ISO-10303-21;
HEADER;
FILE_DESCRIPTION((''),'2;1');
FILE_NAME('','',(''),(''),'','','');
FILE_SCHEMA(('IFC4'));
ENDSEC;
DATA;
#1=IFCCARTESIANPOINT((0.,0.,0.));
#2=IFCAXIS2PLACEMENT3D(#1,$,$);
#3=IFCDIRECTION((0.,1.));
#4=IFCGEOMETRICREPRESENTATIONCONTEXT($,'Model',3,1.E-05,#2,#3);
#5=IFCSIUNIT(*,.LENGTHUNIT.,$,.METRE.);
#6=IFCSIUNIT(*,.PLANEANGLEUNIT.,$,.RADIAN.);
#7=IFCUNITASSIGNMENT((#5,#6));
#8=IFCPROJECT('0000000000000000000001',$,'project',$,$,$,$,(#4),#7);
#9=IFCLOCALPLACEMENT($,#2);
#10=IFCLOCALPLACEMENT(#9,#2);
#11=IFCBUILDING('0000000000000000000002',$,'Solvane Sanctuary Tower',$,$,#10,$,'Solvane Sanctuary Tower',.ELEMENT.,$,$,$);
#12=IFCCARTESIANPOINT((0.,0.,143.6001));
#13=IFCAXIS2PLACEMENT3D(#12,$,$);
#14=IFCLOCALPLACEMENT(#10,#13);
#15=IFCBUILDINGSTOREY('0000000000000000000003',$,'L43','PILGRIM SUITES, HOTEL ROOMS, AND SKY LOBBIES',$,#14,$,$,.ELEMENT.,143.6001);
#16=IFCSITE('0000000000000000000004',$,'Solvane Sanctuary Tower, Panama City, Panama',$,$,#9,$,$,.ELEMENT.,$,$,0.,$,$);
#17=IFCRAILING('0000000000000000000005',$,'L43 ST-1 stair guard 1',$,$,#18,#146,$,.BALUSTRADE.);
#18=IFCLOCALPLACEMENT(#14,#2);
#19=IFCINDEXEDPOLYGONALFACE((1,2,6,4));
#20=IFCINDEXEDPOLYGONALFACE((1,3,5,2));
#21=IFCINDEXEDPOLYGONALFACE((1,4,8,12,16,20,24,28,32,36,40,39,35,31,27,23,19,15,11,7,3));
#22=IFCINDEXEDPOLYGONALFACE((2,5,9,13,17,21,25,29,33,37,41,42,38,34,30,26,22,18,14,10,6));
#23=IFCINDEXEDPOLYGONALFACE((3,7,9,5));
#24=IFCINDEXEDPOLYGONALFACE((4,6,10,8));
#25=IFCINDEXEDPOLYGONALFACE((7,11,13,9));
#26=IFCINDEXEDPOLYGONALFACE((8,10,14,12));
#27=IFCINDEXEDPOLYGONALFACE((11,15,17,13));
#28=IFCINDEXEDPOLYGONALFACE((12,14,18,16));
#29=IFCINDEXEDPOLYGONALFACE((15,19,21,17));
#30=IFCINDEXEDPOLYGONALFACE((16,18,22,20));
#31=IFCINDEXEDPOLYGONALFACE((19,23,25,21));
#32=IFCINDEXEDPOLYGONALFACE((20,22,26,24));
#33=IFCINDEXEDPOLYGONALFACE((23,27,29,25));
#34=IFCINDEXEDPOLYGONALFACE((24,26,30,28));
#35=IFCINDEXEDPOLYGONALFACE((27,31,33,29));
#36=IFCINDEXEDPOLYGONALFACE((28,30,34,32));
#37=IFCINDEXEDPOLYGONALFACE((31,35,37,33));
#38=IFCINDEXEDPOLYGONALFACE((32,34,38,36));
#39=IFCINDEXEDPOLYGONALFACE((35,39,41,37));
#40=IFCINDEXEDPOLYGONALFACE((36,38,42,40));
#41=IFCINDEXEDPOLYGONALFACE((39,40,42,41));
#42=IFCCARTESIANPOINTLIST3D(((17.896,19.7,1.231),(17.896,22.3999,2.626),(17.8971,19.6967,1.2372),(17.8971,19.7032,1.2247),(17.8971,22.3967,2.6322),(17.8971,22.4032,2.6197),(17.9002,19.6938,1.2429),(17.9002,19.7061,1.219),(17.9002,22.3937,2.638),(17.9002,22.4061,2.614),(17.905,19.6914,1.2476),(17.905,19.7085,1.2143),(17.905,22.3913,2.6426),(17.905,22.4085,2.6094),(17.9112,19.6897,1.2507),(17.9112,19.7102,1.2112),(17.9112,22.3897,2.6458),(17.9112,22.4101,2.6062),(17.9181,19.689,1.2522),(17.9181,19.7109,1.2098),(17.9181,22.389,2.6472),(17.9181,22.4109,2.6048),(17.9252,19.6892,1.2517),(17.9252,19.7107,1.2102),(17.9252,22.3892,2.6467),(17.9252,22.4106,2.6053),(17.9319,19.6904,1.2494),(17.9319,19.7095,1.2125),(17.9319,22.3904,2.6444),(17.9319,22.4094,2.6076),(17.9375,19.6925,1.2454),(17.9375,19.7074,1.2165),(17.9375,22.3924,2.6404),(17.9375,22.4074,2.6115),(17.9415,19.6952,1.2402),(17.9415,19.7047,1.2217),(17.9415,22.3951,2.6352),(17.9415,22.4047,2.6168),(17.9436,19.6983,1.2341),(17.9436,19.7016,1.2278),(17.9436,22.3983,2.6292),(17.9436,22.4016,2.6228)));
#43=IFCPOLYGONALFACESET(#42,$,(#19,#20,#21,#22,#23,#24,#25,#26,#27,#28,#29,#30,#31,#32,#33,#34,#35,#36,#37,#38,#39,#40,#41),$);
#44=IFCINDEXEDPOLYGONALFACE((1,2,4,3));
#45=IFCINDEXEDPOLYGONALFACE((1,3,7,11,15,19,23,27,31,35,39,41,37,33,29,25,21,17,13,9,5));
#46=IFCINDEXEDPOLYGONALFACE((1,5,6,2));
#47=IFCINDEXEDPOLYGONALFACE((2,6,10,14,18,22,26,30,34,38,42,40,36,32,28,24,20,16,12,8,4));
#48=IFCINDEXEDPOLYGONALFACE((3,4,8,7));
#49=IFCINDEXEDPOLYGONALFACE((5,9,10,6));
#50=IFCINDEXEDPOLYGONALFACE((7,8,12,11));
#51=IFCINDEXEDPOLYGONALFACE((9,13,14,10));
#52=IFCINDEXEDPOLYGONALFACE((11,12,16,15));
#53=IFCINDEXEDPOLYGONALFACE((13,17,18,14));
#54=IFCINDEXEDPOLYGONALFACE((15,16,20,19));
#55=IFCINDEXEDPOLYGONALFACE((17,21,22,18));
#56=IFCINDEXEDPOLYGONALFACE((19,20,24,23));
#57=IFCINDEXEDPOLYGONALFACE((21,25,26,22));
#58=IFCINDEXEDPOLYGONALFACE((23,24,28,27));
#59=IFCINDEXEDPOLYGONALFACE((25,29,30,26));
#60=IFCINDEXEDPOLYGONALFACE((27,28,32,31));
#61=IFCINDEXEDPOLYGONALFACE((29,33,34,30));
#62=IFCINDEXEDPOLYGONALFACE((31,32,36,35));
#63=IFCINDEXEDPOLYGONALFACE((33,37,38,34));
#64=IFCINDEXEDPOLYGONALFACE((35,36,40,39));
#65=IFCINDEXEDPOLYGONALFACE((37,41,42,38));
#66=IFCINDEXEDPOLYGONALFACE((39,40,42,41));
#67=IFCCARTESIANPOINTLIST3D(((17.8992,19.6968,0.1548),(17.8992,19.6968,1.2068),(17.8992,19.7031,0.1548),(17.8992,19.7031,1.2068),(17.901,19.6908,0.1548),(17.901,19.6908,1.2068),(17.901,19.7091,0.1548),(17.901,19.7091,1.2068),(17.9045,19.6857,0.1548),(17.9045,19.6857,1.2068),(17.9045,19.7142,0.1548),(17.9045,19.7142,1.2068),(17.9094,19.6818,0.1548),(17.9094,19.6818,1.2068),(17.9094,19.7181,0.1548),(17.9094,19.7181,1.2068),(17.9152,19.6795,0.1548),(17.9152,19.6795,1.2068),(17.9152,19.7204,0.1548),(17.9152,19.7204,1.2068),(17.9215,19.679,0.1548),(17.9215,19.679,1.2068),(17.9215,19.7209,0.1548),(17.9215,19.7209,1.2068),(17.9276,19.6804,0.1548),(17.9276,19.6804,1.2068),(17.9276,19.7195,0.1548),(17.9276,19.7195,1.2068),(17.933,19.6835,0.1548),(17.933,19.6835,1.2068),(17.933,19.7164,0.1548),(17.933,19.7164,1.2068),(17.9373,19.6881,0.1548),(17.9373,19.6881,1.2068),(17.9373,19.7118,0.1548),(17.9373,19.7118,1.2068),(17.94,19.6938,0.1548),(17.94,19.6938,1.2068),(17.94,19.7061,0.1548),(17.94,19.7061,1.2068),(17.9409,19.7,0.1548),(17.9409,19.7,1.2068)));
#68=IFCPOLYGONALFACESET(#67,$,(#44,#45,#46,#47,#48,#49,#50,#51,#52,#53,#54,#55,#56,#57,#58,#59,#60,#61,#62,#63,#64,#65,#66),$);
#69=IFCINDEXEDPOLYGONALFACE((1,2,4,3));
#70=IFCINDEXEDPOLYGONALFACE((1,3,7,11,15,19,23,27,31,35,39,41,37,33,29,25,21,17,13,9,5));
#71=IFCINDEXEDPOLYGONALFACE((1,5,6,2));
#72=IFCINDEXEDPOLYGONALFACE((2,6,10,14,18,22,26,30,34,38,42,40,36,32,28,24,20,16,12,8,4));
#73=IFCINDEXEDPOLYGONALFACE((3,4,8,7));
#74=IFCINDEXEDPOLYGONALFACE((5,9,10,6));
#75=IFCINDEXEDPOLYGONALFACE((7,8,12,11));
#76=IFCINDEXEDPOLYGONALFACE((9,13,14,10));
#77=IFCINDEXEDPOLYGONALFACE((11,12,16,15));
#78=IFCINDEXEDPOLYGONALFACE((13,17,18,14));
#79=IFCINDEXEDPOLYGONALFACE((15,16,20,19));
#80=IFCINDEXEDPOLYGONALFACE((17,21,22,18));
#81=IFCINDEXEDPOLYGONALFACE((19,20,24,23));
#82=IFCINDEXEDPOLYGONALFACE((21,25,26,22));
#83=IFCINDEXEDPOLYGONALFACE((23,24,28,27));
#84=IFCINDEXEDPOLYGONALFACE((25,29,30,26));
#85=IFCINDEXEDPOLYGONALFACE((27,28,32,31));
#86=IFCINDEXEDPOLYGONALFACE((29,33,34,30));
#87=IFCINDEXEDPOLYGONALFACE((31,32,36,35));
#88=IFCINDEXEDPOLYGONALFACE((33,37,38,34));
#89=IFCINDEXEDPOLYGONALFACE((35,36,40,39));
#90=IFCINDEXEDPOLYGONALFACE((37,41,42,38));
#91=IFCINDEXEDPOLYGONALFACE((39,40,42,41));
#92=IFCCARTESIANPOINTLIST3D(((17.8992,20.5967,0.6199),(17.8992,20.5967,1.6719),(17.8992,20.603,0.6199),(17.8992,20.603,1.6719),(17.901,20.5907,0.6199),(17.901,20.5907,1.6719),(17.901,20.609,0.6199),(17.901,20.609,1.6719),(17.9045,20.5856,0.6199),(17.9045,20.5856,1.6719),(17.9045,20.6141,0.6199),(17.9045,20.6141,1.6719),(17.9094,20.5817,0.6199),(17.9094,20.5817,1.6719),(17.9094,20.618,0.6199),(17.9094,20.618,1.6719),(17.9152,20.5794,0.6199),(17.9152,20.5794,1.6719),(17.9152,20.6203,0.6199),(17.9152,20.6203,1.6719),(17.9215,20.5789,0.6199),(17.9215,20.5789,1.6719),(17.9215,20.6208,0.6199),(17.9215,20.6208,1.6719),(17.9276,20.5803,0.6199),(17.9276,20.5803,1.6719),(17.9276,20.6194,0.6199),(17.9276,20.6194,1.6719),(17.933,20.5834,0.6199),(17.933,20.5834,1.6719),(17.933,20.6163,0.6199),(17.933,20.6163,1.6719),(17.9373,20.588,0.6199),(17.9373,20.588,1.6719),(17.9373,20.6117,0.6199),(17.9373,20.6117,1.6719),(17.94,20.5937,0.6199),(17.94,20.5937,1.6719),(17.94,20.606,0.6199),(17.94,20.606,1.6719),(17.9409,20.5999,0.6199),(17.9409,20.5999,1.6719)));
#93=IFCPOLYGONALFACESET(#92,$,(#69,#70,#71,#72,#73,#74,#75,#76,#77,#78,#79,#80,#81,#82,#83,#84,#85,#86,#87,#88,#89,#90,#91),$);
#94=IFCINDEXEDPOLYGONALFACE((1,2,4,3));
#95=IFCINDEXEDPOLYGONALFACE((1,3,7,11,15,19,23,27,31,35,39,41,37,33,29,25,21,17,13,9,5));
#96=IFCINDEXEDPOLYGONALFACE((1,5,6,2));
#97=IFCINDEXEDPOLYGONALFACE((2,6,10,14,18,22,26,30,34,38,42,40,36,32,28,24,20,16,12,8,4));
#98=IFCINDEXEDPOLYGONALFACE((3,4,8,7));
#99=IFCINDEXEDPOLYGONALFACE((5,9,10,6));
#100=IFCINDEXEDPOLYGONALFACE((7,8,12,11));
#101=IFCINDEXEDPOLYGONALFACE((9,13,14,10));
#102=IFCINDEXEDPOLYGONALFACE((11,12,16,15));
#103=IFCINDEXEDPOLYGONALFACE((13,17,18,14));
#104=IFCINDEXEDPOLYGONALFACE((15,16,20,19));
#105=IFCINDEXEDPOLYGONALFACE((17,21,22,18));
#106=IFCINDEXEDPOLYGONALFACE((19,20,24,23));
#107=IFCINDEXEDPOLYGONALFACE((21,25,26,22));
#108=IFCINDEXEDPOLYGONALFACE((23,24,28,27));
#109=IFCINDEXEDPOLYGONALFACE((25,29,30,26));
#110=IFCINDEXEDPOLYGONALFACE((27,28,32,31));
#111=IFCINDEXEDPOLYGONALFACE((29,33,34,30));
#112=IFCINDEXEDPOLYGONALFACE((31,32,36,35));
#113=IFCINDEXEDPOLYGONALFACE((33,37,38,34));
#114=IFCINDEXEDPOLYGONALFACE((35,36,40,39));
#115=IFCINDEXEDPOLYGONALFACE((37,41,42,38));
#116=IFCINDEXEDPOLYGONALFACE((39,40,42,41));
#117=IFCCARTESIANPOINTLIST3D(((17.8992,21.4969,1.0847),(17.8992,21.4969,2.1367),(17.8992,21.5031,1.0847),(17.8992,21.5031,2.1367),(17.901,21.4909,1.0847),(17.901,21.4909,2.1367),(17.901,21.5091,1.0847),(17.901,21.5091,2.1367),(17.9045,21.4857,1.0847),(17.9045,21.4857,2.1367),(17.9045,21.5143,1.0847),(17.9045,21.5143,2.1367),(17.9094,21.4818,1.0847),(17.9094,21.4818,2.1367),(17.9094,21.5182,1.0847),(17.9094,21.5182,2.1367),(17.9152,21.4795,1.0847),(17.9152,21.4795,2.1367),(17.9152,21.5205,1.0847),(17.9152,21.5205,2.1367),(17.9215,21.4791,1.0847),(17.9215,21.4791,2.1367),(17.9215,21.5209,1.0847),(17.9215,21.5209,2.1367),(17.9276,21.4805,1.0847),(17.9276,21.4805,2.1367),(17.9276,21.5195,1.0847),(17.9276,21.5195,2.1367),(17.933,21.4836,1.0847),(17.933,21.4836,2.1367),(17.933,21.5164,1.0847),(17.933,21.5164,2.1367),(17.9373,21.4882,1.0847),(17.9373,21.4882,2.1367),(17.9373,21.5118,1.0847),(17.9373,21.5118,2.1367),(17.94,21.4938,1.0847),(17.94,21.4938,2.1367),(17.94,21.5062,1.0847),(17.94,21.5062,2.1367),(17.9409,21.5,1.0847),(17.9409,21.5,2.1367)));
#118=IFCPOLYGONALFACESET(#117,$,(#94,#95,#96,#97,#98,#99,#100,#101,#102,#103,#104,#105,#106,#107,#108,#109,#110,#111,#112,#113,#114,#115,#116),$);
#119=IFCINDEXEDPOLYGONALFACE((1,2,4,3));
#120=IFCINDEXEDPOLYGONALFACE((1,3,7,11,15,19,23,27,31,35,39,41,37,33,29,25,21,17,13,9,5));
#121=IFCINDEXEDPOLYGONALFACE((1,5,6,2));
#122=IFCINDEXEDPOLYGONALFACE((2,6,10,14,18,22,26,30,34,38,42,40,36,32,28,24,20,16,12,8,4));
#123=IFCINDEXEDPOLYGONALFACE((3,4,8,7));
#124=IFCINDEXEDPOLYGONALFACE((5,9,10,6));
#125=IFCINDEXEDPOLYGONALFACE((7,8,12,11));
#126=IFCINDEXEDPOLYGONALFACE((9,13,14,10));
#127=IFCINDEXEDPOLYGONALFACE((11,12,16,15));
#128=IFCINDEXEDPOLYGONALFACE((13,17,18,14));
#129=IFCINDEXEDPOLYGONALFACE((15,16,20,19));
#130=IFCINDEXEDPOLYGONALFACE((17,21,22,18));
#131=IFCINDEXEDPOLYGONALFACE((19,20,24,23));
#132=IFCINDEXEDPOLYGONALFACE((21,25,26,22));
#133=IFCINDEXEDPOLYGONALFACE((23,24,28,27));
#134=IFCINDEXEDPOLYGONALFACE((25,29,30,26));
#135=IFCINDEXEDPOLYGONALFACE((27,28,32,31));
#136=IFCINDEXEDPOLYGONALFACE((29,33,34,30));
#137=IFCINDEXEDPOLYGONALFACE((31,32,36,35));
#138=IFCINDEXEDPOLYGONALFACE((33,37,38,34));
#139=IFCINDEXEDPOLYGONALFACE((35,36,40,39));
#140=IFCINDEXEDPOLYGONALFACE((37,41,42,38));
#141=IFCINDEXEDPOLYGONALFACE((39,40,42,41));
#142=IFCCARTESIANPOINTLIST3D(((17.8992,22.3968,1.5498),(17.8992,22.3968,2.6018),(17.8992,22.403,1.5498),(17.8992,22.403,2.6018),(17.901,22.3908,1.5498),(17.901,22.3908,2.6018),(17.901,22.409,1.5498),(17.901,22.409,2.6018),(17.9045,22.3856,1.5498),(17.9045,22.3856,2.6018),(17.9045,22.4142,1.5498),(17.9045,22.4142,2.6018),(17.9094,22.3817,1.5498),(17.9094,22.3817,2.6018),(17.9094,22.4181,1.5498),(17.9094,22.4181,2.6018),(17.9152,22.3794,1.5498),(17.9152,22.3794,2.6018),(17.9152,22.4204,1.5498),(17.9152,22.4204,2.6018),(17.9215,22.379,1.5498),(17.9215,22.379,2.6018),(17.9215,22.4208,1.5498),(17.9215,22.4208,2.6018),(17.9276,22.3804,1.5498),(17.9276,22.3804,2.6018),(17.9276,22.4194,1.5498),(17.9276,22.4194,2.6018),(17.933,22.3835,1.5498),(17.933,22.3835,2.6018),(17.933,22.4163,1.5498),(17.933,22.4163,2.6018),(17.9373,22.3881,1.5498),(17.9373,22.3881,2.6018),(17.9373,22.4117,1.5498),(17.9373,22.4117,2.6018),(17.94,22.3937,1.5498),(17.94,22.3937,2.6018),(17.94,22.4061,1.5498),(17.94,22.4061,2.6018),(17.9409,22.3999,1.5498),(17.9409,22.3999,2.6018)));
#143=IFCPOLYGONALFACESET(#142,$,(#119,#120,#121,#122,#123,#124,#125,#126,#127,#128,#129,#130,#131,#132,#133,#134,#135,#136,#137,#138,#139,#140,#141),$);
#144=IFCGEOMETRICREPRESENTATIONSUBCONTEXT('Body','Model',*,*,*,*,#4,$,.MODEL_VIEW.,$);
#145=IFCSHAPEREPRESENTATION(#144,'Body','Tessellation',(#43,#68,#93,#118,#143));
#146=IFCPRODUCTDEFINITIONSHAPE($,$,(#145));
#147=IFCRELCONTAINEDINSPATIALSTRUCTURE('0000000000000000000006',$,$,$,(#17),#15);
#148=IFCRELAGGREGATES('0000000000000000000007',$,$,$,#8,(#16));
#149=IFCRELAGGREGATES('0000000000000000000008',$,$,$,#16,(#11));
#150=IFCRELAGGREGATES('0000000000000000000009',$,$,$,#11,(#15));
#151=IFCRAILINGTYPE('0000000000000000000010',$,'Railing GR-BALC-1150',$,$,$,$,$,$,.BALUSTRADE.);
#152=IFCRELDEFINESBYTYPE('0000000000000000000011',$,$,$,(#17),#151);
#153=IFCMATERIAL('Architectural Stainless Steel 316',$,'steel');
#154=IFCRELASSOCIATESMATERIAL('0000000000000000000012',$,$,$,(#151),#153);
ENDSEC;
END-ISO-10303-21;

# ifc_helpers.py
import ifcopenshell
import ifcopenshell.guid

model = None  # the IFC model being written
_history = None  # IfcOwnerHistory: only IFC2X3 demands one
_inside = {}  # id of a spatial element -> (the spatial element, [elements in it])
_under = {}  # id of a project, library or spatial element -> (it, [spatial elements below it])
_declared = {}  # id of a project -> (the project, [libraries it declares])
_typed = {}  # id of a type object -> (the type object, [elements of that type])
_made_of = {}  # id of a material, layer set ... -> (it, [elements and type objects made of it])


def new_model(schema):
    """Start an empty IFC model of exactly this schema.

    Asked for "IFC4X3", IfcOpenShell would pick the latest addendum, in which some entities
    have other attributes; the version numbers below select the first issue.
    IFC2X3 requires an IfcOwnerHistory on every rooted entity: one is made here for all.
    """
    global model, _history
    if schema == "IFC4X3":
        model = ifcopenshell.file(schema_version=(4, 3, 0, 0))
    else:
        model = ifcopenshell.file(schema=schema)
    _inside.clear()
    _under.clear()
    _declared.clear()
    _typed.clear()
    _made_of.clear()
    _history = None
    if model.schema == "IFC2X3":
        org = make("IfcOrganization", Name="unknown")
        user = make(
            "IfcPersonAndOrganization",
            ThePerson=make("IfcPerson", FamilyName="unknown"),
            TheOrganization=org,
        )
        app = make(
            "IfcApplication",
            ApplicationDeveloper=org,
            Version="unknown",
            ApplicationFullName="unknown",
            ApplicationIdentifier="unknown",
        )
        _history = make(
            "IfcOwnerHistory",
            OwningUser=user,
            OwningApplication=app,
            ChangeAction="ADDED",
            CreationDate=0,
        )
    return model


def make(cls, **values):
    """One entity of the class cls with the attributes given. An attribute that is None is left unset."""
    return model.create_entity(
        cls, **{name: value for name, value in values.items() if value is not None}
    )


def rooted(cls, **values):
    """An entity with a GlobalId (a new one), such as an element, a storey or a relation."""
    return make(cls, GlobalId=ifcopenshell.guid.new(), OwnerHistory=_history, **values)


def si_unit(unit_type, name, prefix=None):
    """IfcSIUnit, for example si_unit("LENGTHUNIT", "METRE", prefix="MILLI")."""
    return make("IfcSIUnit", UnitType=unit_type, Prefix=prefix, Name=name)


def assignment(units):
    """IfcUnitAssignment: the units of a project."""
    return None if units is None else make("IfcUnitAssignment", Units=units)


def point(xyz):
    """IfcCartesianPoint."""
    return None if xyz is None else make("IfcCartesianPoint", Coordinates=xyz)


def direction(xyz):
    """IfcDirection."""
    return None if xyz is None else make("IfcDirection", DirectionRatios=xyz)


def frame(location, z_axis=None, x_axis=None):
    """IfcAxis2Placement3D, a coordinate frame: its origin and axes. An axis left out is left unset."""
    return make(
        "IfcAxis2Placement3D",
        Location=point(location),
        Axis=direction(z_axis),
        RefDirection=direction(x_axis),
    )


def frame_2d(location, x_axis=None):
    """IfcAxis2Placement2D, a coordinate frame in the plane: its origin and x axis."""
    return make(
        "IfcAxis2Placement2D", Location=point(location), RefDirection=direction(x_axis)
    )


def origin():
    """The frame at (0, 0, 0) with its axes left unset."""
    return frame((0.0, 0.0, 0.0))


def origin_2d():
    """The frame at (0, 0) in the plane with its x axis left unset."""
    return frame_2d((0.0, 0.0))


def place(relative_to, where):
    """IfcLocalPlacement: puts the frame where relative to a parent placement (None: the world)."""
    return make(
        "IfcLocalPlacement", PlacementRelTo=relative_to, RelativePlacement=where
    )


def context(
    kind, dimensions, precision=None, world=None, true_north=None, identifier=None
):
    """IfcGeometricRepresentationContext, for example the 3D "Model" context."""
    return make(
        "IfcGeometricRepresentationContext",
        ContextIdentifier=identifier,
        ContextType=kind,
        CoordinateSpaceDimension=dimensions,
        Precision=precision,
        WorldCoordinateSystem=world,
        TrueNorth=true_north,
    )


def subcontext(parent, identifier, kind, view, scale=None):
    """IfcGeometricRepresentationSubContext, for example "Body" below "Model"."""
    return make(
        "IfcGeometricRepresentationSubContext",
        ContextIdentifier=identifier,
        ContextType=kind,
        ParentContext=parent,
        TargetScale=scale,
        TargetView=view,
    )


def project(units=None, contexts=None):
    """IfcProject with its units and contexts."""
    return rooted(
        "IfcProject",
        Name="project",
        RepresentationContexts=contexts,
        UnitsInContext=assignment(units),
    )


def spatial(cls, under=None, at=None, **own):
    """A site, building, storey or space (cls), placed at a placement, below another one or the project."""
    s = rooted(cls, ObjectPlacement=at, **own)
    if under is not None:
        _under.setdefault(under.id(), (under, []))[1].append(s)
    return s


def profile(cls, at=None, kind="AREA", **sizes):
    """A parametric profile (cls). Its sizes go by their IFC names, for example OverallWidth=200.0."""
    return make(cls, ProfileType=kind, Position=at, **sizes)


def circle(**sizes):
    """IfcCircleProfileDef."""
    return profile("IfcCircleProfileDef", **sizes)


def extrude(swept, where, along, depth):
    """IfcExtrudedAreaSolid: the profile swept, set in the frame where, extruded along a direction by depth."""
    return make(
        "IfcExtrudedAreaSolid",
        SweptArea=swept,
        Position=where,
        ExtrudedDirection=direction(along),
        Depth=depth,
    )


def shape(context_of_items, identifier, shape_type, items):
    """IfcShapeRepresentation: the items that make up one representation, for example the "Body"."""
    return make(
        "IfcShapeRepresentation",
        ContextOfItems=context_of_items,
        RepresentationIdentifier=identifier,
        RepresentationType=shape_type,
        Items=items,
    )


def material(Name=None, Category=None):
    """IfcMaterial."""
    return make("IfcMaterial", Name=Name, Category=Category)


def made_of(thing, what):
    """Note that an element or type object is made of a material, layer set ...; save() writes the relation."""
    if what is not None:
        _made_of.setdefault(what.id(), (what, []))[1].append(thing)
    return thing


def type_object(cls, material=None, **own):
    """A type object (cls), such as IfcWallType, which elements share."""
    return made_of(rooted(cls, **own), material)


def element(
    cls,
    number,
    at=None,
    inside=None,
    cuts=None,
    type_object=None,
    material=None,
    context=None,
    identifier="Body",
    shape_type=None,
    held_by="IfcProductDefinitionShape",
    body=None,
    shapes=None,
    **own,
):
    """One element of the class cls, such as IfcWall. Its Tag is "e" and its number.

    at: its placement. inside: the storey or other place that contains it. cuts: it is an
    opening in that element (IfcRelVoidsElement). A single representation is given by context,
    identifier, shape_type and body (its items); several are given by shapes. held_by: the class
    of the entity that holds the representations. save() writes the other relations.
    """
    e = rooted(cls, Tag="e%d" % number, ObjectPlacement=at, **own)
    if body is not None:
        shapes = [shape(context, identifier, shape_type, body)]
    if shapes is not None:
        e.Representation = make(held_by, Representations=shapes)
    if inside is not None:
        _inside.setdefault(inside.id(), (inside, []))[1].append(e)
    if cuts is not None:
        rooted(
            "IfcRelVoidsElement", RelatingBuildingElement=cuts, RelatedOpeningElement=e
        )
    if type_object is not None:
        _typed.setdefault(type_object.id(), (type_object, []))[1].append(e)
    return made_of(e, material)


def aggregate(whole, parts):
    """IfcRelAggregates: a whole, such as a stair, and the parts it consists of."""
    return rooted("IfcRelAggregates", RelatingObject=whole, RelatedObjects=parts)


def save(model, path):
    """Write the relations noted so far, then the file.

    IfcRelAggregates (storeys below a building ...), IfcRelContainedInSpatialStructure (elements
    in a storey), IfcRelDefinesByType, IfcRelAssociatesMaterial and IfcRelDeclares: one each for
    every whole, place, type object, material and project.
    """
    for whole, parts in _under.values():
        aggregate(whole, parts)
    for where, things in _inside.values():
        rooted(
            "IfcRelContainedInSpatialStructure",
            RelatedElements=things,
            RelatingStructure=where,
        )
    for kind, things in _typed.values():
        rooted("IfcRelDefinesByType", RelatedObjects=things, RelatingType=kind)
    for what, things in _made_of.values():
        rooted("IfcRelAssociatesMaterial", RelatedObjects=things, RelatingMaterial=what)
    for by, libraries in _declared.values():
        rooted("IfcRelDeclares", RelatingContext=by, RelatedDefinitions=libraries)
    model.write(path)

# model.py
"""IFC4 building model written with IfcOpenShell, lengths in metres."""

from ifc_helpers import new_model, si_unit, direction, frame, origin, origin_2d, place, context, subcontext, project, spatial, circle, extrude, material, type_object, element, save


model = new_model("IFC4")

# Units and contexts
model_context = context("Model", 3, precision=1e-05, world=origin(), true_north=direction((0.0, 1.0)))
body_context = subcontext(model_context, "Body", "Model", "MODEL_VIEW")
ifc_project = project(units=[si_unit("LENGTHUNIT", "METRE"), si_unit("PLANEANGLEUNIT", "RADIAN")], contexts=[model_context])

# Site, building, storey
site_placement = place(None, origin())
site = spatial("IfcSite", under=ifc_project, at=site_placement, Name="Solvane Sanctuary Tower, Panama City, Panama", CompositionType="ELEMENT", RefElevation=0.0)
building_placement = place(site_placement, origin())
building = spatial("IfcBuilding", under=site, at=building_placement, Name="Solvane Sanctuary Tower", LongName="Solvane Sanctuary Tower", CompositionType="ELEMENT")
storey_placement = place(building_placement, frame((0.0, 0.0, 143.6001)))
storey = spatial("IfcBuildingStorey", under=building, at=storey_placement, Name="L43", Description="PILGRIM SUITES, HOTEL ROOMS, AND SKY LOBBIES", CompositionType="ELEMENT", Elevation=143.6001)

# Shared definitions
ifc_material_1 = material(Name="Architectural Stainless Steel 316", Category="steel")

# Railing
railing_type_1 = type_object("IfcRailingType", Name="Railing GR-BALC-1150", PredefinedType="BALUSTRADE", material=ifc_material_1)
railing_1_placement = place(storey_placement, frame((17.9199, 19.7, 0.1548)))
element("IfcRailing", 1, at=railing_1_placement, inside=storey, type_object=railing_type_1, Name="L43 ST-1 stair guard 1", PredefinedType="BALUSTRADE", context=body_context, shape_type="SweptSolid", body=[
    extrude(circle(Radius=0.0239, at=origin_2d()), frame((0.0, 0.0, 1.0762), z_axis=(0.0, 0.88842, 0.459032), x_axis=(-1.0, 0.0, 0.0)), (0.0, 0.0, 1.0), 3.0391),
    extrude(circle(Radius=0.021, at=origin_2d()), origin(), (0.0, 0.0, 1.0), 1.052),
    extrude(circle(Radius=0.021, at=origin_2d()), frame((0.0, 0.8999, 0.4651)), (0.0, 0.0, 1.0), 1.052),
    extrude(circle(Radius=0.021, at=origin_2d()), frame((0.0, 1.8, 0.9299)), (0.0, 0.0, 1.0), 1.052),
    extrude(circle(Radius=0.021, at=origin_2d()), frame((0.0, 2.7, 1.395)), (0.0, 0.0, 1.0), 1.052),
])

save(model, "model.ifc")
